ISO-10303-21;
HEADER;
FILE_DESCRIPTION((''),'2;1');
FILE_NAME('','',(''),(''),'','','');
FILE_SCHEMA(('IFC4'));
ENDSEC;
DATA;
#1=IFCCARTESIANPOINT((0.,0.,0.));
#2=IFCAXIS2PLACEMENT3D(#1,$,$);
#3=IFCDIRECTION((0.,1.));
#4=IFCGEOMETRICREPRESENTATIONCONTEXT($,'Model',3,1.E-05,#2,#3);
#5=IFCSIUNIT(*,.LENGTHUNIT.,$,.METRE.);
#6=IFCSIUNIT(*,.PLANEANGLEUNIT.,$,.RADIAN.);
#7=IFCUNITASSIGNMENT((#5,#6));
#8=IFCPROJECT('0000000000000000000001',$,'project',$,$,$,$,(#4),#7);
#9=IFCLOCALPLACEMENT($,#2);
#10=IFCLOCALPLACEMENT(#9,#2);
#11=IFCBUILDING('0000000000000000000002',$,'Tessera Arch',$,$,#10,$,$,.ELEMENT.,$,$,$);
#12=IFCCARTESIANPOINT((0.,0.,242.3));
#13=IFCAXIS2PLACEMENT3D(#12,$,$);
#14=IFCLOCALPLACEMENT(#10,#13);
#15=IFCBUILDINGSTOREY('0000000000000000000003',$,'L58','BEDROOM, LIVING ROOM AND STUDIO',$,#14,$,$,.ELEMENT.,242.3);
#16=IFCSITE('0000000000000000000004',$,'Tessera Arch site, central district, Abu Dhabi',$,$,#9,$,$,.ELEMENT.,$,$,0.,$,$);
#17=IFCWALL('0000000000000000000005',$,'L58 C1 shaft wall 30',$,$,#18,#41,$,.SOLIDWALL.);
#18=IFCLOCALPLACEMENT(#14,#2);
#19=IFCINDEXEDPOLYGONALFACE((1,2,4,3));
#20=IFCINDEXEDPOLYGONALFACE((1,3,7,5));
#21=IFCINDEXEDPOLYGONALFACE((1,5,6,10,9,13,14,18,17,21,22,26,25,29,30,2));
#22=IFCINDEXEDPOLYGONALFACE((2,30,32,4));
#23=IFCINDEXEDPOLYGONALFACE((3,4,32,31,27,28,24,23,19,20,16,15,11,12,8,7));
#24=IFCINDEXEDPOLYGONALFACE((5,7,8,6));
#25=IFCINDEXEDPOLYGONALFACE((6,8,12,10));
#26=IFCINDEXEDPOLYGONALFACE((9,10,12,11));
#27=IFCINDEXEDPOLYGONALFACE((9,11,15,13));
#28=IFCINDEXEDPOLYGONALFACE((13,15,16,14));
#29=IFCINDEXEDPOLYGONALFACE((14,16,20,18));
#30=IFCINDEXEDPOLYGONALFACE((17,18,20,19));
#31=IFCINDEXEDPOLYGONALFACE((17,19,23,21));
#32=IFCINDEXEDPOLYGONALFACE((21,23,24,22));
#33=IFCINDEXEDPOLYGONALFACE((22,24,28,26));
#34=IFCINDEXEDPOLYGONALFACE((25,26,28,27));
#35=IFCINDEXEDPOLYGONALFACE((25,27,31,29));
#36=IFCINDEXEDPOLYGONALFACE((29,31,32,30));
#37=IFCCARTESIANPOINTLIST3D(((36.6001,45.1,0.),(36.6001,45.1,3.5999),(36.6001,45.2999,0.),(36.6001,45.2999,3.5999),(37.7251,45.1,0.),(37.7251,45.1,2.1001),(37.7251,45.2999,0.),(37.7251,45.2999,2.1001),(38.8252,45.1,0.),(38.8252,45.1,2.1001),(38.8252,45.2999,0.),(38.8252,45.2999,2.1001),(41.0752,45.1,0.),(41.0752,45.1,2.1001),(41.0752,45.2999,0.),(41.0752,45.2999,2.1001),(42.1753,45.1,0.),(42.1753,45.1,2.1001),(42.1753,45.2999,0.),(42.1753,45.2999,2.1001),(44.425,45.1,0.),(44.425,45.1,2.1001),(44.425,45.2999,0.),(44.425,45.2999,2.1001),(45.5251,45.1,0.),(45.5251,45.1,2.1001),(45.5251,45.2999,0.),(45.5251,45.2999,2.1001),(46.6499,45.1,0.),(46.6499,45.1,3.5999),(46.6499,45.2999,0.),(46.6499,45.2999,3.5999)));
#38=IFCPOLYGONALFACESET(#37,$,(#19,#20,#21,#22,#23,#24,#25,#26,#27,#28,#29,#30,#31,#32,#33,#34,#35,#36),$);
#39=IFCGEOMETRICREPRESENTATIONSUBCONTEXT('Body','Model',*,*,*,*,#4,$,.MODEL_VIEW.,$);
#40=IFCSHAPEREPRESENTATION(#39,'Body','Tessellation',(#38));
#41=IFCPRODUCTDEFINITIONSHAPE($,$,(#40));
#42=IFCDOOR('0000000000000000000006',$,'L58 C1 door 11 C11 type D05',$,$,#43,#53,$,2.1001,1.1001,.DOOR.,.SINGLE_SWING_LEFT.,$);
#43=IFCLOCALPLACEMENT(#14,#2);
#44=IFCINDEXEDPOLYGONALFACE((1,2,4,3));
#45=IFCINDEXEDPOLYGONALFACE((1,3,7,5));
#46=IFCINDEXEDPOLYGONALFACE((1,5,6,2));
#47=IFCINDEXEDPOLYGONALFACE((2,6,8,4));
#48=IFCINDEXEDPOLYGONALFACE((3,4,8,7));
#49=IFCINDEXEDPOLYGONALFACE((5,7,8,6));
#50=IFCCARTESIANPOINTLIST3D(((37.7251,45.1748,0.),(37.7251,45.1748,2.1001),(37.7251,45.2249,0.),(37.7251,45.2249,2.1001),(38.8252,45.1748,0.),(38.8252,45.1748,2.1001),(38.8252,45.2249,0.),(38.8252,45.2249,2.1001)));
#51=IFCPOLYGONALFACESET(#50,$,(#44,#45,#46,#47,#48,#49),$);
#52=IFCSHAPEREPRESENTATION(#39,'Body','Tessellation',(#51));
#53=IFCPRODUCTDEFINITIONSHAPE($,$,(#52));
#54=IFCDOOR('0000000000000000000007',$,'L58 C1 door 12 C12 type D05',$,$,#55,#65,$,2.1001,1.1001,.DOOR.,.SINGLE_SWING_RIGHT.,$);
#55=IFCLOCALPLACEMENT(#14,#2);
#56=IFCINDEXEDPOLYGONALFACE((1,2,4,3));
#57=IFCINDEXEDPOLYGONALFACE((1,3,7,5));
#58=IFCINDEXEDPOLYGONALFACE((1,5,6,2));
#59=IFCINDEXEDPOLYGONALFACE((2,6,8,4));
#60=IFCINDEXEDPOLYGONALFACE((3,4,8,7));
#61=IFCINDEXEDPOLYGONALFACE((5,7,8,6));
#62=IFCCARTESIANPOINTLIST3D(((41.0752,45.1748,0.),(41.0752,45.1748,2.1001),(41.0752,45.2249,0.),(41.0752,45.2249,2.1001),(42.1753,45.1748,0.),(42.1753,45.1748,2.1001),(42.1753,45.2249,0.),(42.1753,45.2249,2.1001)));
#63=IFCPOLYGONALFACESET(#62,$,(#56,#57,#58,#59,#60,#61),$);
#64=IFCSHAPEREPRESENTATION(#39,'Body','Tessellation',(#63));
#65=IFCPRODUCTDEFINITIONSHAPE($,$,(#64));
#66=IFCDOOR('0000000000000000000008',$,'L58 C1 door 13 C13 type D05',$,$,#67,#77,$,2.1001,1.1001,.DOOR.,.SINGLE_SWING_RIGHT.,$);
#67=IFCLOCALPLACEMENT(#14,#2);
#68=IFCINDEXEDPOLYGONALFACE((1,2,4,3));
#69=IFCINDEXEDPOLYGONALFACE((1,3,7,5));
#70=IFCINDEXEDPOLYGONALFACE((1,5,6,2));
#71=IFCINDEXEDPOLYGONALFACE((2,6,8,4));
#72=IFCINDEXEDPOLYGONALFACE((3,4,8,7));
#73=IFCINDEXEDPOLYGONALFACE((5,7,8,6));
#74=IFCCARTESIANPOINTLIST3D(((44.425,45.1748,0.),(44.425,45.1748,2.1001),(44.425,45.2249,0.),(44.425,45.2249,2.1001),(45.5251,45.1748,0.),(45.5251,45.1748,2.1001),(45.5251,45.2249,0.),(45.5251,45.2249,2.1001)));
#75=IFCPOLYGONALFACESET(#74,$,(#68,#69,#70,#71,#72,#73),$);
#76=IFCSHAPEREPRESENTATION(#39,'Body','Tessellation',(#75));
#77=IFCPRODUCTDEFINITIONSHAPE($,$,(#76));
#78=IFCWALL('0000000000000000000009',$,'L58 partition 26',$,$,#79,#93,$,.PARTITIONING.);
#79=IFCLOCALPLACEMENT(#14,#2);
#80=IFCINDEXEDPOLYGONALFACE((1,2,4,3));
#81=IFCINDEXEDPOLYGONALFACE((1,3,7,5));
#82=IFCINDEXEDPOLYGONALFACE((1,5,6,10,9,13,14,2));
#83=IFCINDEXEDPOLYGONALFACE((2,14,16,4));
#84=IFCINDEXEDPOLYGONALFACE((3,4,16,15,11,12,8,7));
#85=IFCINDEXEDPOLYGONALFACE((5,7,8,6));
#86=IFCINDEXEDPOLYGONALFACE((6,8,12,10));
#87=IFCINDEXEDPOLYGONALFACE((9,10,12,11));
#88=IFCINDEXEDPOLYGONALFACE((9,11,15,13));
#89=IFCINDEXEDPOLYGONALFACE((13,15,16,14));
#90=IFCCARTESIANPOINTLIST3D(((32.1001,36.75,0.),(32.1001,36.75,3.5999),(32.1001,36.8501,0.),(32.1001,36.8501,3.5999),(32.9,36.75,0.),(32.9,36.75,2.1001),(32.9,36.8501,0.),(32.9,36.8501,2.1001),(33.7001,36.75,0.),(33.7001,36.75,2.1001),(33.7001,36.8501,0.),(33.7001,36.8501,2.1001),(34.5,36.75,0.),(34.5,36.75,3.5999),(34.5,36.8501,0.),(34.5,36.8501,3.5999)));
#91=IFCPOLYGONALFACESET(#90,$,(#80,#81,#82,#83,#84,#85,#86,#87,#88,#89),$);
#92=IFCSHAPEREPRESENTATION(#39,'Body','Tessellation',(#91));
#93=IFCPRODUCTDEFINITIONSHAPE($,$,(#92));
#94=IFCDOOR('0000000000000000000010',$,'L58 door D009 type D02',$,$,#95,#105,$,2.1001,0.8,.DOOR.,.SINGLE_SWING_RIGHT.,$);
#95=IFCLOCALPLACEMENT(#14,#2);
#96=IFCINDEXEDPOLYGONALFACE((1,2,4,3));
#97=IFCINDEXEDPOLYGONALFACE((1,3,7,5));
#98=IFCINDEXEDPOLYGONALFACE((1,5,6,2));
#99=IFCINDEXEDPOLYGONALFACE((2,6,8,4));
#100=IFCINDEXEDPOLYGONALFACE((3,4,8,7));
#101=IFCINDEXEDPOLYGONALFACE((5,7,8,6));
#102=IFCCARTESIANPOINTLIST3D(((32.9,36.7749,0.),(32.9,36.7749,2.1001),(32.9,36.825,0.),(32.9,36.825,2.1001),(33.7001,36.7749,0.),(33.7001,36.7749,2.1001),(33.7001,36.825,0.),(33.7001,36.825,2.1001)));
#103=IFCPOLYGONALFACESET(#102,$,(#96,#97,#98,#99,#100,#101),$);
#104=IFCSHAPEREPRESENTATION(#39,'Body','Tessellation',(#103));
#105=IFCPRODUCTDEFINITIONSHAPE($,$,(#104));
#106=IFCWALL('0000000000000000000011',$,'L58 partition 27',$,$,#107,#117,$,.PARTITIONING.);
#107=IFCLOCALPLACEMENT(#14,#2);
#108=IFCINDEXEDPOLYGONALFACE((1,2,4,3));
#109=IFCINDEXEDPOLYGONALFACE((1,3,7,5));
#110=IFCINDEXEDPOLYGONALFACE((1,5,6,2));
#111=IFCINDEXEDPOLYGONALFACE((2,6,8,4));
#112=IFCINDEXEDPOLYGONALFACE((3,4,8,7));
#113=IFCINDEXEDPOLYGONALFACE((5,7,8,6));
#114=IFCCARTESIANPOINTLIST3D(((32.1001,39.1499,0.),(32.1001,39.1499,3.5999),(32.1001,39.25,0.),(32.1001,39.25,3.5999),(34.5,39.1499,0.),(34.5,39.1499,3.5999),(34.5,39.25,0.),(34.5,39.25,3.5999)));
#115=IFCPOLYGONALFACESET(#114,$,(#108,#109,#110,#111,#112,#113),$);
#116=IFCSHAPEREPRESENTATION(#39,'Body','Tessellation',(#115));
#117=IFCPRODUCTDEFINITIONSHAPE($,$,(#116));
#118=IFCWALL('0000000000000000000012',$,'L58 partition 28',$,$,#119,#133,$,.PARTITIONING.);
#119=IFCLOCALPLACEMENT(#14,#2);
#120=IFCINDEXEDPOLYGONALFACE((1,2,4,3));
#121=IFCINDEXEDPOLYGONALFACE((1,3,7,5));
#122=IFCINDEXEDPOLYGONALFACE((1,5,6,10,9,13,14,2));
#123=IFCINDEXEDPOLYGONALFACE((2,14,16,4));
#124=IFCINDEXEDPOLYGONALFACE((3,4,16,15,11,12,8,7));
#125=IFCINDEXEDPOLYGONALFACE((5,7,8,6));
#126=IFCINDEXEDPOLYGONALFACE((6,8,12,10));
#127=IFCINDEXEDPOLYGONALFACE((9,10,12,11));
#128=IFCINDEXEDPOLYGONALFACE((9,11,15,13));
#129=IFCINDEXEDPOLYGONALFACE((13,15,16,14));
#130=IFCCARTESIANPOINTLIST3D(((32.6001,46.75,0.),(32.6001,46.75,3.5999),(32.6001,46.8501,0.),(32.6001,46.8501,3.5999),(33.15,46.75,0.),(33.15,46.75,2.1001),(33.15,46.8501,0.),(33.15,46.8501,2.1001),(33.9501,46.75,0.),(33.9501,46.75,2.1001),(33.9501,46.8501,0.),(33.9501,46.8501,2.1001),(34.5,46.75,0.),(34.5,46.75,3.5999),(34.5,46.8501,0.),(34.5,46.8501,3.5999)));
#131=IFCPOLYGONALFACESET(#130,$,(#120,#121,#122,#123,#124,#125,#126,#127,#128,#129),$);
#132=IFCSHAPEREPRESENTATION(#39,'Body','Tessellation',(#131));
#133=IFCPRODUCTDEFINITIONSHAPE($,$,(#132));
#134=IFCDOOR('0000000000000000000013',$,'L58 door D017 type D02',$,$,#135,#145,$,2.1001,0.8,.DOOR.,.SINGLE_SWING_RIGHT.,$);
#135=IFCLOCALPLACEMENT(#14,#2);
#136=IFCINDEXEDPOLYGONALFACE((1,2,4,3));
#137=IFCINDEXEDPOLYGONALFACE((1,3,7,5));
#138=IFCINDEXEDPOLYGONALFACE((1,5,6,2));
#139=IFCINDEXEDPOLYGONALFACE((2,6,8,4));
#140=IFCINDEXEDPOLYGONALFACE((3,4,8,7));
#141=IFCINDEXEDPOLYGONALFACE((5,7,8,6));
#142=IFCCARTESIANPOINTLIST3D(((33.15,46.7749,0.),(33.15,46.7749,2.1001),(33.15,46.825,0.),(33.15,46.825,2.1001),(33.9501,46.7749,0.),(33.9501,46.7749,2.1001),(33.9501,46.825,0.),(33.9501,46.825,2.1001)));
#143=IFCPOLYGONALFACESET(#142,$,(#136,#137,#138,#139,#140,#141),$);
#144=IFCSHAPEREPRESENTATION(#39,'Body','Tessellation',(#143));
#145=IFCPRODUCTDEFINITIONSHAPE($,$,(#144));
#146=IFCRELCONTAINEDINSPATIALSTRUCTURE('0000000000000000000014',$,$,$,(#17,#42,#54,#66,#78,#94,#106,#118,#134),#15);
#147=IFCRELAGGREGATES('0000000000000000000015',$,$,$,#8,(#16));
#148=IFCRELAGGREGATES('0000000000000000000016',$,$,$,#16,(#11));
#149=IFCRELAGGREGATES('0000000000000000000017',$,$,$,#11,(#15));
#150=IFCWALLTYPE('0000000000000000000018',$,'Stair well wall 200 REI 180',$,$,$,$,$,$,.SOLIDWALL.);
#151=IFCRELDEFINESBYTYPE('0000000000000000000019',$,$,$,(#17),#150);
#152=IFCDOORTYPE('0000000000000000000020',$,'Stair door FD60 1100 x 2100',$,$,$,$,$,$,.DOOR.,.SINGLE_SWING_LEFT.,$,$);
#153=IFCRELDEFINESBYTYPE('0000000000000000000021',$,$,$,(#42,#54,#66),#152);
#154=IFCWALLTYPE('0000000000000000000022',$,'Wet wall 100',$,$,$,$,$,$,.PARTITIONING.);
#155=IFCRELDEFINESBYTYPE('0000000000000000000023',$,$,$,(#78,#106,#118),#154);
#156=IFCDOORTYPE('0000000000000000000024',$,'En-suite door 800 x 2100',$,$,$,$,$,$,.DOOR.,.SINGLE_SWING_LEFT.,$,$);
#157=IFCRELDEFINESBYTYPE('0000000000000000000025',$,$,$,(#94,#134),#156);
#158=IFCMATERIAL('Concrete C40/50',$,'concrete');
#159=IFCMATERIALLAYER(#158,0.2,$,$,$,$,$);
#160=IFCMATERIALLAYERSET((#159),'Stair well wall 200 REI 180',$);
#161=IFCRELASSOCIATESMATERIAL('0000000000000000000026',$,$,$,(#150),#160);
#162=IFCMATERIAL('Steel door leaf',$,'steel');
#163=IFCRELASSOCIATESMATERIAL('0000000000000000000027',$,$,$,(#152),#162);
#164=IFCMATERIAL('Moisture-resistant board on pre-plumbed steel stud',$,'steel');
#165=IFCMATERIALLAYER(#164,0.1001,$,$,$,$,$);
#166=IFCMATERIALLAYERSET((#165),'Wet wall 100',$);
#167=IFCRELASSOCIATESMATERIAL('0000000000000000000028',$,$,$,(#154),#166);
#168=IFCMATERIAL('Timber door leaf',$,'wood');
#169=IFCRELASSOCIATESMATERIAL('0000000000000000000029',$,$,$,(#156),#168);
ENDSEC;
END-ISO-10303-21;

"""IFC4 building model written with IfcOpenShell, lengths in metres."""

from ifc_helpers import new_model, si_unit, direction, frame, frame_2d, origin, place, context, subcontext, project, spatial, rectangle, extrude, material, layer, layer_set, type_object, element, fill, save


model = new_model("IFC4")

# Units and contexts
model_context = context("Model", 3, precision=1e-05, world=origin(), true_north=direction((0.0, 1.0)))
body_context = subcontext(model_context, "Body", "Model", "MODEL_VIEW")
ifc_project = project(units=[si_unit("LENGTHUNIT", "METRE"), si_unit("PLANEANGLEUNIT", "RADIAN")], contexts=[model_context])

# Site, building, storey
site_placement = place(None, origin())
site = spatial("IfcSite", under=ifc_project, at=site_placement, Name="Tessera Arch site, central district, Abu Dhabi", CompositionType="ELEMENT", RefElevation=0.0)
building_placement = place(site_placement, origin())
building = spatial("IfcBuilding", under=site, at=building_placement, Name="Tessera Arch", CompositionType="ELEMENT")
storey_placement = place(building_placement, frame((0.0, 0.0, 242.3)))
storey = spatial("IfcBuildingStorey", under=building, at=storey_placement, Name="L58", Description="BEDROOM, LIVING ROOM AND STUDIO", CompositionType="ELEMENT", Elevation=242.3)

# Shared definitions
ifc_material_1 = material(Name="Concrete C40/50", Category="concrete")
ifc_layer_1 = layer(ifc_material_1, 0.2)
ifc_layer_set_1 = layer_set([ifc_layer_1], Name="Stair well wall 200 REI 180")
wall_type_1 = type_object("IfcWallType", Name="Stair well wall 200 REI 180", PredefinedType="SOLIDWALL", material=ifc_layer_set_1)

# Wall, openings, doors
wall_1_placement = place(storey_placement, frame((36.6001, 45.2, 0.0), z_axis=(0.0, 0.0, 1.0), x_axis=(1.0, 0.0, 0.0)))
wall_1 = element("IfcWall", 1, at=wall_1_placement, inside=storey, type_object=wall_type_1, Name="L58 C1 shaft wall 30", PredefinedType="SOLIDWALL", context=body_context, shape_type="SweptSolid", body=[
    extrude(rectangle(XDim=10.0498, YDim=0.2, at=frame_2d((5.0249, 0.0))), origin(), (0.0, 0.0, 1.0), 3.5999),
])
opening_1_placement = place(wall_1_placement, frame((1.125, 0.0, 0.0)))
opening_1 = element("IfcOpeningElement", 2, at=opening_1_placement, cuts=wall_1, PredefinedType="OPENING", context=body_context, shape_type="SweptSolid", body=[
    extrude(rectangle(XDim=1.1001, YDim=2.1001, at=frame_2d((0.55, 1.05))), frame((0.0, 0.1099, 0.0), z_axis=(0.0, -1.0, 0.0), x_axis=(1.0, 0.0, 0.0)), (0.0, 0.0, 1.0), 0.22),
])
opening_2_placement = place(wall_1_placement, frame((4.4751, 0.0, 0.0)))
opening_2 = element("IfcOpeningElement", 3, at=opening_2_placement, cuts=wall_1, PredefinedType="OPENING", context=body_context, shape_type="SweptSolid", body=[
    extrude(rectangle(XDim=1.1001, YDim=2.1001, at=frame_2d((0.55, 1.05))), frame((0.0, 0.1099, 0.0), z_axis=(0.0, -1.0, 0.0), x_axis=(1.0, 0.0, 0.0)), (0.0, 0.0, 1.0), 0.22),
])
opening_3_placement = place(wall_1_placement, frame((7.825, 0.0, 0.0)))
opening_3 = element("IfcOpeningElement", 4, at=opening_3_placement, cuts=wall_1, PredefinedType="OPENING", context=body_context, shape_type="SweptSolid", body=[
    extrude(rectangle(XDim=1.1001, YDim=2.1001, at=frame_2d((0.55, 1.05))), frame((0.0, 0.1099, 0.0), z_axis=(0.0, -1.0, 0.0), x_axis=(1.0, 0.0, 0.0)), (0.0, 0.0, 1.0), 0.22),
])
ifc_material_2 = material(Name="Steel door leaf", Category="steel")
door_type_1 = type_object("IfcDoorType", Name="Stair door FD60 1100 x 2100", OperationType="SINGLE_SWING_LEFT", PredefinedType="DOOR", material=ifc_material_2)
door_1_placement = place(opening_1_placement, origin())
door_1 = element("IfcDoor", 5, at=door_1_placement, inside=storey, type_object=door_type_1, Name="L58 C1 door 11 C11 type D05", OperationType="SINGLE_SWING_LEFT", OverallHeight=2.1001, OverallWidth=1.1001, PredefinedType="DOOR", context=body_context, shape_type="SweptSolid", body=[
    extrude(rectangle(XDim=1.1001, YDim=2.1001, at=frame_2d((0.55, 1.05))), frame((0.0, 0.0249, 0.0), z_axis=(0.0, -1.0, 0.0), x_axis=(1.0, 0.0, 0.0)), (0.0, 0.0, 1.0), 0.05),
])
fill(opening_1, door_1)
door_2_placement = place(opening_2_placement, origin())
door_2 = element("IfcDoor", 6, at=door_2_placement, inside=storey, type_object=door_type_1, Name="L58 C1 door 12 C12 type D05", OperationType="SINGLE_SWING_RIGHT", OverallHeight=2.1001, OverallWidth=1.1001, PredefinedType="DOOR", context=body_context, shape_type="SweptSolid", body=[
    extrude(rectangle(XDim=1.1001, YDim=2.1001, at=frame_2d((0.55, 1.05))), frame((0.0, 0.0249, 0.0), z_axis=(0.0, -1.0, 0.0), x_axis=(1.0, 0.0, 0.0)), (0.0, 0.0, 1.0), 0.05),
])
fill(opening_2, door_2)
door_3_placement = place(opening_3_placement, origin())
door_3 = element("IfcDoor", 7, at=door_3_placement, inside=storey, type_object=door_type_1, Name="L58 C1 door 13 C13 type D05", OperationType="SINGLE_SWING_RIGHT", OverallHeight=2.1001, OverallWidth=1.1001, PredefinedType="DOOR", context=body_context, shape_type="SweptSolid", body=[
    extrude(rectangle(XDim=1.1001, YDim=2.1001, at=frame_2d((0.55, 1.05))), frame((0.0, 0.0249, 0.0), z_axis=(0.0, -1.0, 0.0), x_axis=(1.0, 0.0, 0.0)), (0.0, 0.0, 1.0), 0.05),
])
fill(opening_3, door_3)

# Wall, opening, door
ifc_material_3 = material(Name="Moisture-resistant board on pre-plumbed steel stud", Category="steel")
ifc_layer_2 = layer(ifc_material_3, 0.1001)
ifc_layer_set_2 = layer_set([ifc_layer_2], Name="Wet wall 100")
wall_type_2 = type_object("IfcWallType", Name="Wet wall 100", PredefinedType="PARTITIONING", material=ifc_layer_set_2)
wall_2_placement = place(storey_placement, frame((32.1001, 36.8, 0.0), z_axis=(0.0, 0.0, 1.0), x_axis=(1.0, 0.0, 0.0)))
wall_2 = element("IfcWall", 8, at=wall_2_placement, inside=storey, type_object=wall_type_2, Name="L58 partition 26", PredefinedType="PARTITIONING", context=body_context, shape_type="SweptSolid", body=[
    extrude(rectangle(XDim=2.3999, YDim=0.1001, at=frame_2d((1.2, 0.0))), origin(), (0.0, 0.0, 1.0), 3.5999),
])
opening_4_placement = place(wall_2_placement, frame((0.8, 0.0, 0.0)))
opening_4 = element("IfcOpeningElement", 9, at=opening_4_placement, cuts=wall_2, PredefinedType="OPENING", context=body_context, shape_type="SweptSolid", body=[
    extrude(rectangle(XDim=0.8, YDim=2.1001, at=frame_2d((0.3999, 1.05))), frame((0.0, 0.0601, 0.0), z_axis=(0.0, -1.0, 0.0), x_axis=(1.0, 0.0, 0.0)), (0.0, 0.0, 1.0), 0.1201),
])
ifc_material_4 = material(Name="Timber door leaf", Category="wood")
door_type_2 = type_object("IfcDoorType", Name="En-suite door 800 x 2100", OperationType="SINGLE_SWING_LEFT", PredefinedType="DOOR", material=ifc_material_4)
door_4_placement = place(opening_4_placement, origin())
door_4 = element("IfcDoor", 10, at=door_4_placement, inside=storey, type_object=door_type_2, Name="L58 door D009 type D02", OperationType="SINGLE_SWING_RIGHT", OverallHeight=2.1001, OverallWidth=0.8, PredefinedType="DOOR", context=body_context, shape_type="SweptSolid", body=[
    extrude(rectangle(XDim=0.8, YDim=2.1001, at=frame_2d((0.3999, 1.05))), frame((0.0, 0.0249, 0.0), z_axis=(0.0, -1.0, 0.0), x_axis=(1.0, 0.0, 0.0)), (0.0, 0.0, 1.0), 0.05),
])
fill(opening_4, door_4)

# Wall
wall_3_placement = place(storey_placement, frame((32.1001, 39.2, 0.0), z_axis=(0.0, 0.0, 1.0), x_axis=(1.0, 0.0, 0.0)))
element("IfcWall", 11, at=wall_3_placement, inside=storey, type_object=wall_type_2, Name="L58 partition 27", PredefinedType="PARTITIONING", context=body_context, shape_type="SweptSolid", body=[
    extrude(rectangle(XDim=2.3999, YDim=0.1001, at=frame_2d((1.2, 0.0))), origin(), (0.0, 0.0, 1.0), 3.5999),
])

# Wall, opening, door
wall_4_placement = place(storey_placement, frame((32.6001, 46.8, 0.0), z_axis=(0.0, 0.0, 1.0), x_axis=(1.0, 0.0, 0.0)))
wall_4 = element("IfcWall", 12, at=wall_4_placement, inside=storey, type_object=wall_type_2, Name="L58 partition 28", PredefinedType="PARTITIONING", context=body_context, shape_type="SweptSolid", body=[
    extrude(rectangle(XDim=1.8999, YDim=0.1001, at=frame_2d((0.95, 0.0))), origin(), (0.0, 0.0, 1.0), 3.5999),
])
opening_5_placement = place(wall_4_placement, frame((0.55, 0.0, 0.0)))
opening_5 = element("IfcOpeningElement", 13, at=opening_5_placement, cuts=wall_4, PredefinedType="OPENING", context=body_context, shape_type="SweptSolid", body=[
    extrude(rectangle(XDim=0.8, YDim=2.1001, at=frame_2d((0.3999, 1.05))), frame((0.0, 0.0601, 0.0), z_axis=(0.0, -1.0, 0.0), x_axis=(1.0, 0.0, 0.0)), (0.0, 0.0, 1.0), 0.1201),
])
door_5_placement = place(opening_5_placement, origin())
door_5 = element("IfcDoor", 14, at=door_5_placement, inside=storey, type_object=door_type_2, Name="L58 door D017 type D02", OperationType="SINGLE_SWING_RIGHT", OverallHeight=2.1001, OverallWidth=0.8, PredefinedType="DOOR", context=body_context, shape_type="SweptSolid", body=[
    extrude(rectangle(XDim=0.8, YDim=2.1001, at=frame_2d((0.3999, 1.05))), frame((0.0, 0.0249, 0.0), z_axis=(0.0, -1.0, 0.0), x_axis=(1.0, 0.0, 0.0)), (0.0, 0.0, 1.0), 0.05),
])
fill(opening_5, door_5)

save(model, "model.ifc")
